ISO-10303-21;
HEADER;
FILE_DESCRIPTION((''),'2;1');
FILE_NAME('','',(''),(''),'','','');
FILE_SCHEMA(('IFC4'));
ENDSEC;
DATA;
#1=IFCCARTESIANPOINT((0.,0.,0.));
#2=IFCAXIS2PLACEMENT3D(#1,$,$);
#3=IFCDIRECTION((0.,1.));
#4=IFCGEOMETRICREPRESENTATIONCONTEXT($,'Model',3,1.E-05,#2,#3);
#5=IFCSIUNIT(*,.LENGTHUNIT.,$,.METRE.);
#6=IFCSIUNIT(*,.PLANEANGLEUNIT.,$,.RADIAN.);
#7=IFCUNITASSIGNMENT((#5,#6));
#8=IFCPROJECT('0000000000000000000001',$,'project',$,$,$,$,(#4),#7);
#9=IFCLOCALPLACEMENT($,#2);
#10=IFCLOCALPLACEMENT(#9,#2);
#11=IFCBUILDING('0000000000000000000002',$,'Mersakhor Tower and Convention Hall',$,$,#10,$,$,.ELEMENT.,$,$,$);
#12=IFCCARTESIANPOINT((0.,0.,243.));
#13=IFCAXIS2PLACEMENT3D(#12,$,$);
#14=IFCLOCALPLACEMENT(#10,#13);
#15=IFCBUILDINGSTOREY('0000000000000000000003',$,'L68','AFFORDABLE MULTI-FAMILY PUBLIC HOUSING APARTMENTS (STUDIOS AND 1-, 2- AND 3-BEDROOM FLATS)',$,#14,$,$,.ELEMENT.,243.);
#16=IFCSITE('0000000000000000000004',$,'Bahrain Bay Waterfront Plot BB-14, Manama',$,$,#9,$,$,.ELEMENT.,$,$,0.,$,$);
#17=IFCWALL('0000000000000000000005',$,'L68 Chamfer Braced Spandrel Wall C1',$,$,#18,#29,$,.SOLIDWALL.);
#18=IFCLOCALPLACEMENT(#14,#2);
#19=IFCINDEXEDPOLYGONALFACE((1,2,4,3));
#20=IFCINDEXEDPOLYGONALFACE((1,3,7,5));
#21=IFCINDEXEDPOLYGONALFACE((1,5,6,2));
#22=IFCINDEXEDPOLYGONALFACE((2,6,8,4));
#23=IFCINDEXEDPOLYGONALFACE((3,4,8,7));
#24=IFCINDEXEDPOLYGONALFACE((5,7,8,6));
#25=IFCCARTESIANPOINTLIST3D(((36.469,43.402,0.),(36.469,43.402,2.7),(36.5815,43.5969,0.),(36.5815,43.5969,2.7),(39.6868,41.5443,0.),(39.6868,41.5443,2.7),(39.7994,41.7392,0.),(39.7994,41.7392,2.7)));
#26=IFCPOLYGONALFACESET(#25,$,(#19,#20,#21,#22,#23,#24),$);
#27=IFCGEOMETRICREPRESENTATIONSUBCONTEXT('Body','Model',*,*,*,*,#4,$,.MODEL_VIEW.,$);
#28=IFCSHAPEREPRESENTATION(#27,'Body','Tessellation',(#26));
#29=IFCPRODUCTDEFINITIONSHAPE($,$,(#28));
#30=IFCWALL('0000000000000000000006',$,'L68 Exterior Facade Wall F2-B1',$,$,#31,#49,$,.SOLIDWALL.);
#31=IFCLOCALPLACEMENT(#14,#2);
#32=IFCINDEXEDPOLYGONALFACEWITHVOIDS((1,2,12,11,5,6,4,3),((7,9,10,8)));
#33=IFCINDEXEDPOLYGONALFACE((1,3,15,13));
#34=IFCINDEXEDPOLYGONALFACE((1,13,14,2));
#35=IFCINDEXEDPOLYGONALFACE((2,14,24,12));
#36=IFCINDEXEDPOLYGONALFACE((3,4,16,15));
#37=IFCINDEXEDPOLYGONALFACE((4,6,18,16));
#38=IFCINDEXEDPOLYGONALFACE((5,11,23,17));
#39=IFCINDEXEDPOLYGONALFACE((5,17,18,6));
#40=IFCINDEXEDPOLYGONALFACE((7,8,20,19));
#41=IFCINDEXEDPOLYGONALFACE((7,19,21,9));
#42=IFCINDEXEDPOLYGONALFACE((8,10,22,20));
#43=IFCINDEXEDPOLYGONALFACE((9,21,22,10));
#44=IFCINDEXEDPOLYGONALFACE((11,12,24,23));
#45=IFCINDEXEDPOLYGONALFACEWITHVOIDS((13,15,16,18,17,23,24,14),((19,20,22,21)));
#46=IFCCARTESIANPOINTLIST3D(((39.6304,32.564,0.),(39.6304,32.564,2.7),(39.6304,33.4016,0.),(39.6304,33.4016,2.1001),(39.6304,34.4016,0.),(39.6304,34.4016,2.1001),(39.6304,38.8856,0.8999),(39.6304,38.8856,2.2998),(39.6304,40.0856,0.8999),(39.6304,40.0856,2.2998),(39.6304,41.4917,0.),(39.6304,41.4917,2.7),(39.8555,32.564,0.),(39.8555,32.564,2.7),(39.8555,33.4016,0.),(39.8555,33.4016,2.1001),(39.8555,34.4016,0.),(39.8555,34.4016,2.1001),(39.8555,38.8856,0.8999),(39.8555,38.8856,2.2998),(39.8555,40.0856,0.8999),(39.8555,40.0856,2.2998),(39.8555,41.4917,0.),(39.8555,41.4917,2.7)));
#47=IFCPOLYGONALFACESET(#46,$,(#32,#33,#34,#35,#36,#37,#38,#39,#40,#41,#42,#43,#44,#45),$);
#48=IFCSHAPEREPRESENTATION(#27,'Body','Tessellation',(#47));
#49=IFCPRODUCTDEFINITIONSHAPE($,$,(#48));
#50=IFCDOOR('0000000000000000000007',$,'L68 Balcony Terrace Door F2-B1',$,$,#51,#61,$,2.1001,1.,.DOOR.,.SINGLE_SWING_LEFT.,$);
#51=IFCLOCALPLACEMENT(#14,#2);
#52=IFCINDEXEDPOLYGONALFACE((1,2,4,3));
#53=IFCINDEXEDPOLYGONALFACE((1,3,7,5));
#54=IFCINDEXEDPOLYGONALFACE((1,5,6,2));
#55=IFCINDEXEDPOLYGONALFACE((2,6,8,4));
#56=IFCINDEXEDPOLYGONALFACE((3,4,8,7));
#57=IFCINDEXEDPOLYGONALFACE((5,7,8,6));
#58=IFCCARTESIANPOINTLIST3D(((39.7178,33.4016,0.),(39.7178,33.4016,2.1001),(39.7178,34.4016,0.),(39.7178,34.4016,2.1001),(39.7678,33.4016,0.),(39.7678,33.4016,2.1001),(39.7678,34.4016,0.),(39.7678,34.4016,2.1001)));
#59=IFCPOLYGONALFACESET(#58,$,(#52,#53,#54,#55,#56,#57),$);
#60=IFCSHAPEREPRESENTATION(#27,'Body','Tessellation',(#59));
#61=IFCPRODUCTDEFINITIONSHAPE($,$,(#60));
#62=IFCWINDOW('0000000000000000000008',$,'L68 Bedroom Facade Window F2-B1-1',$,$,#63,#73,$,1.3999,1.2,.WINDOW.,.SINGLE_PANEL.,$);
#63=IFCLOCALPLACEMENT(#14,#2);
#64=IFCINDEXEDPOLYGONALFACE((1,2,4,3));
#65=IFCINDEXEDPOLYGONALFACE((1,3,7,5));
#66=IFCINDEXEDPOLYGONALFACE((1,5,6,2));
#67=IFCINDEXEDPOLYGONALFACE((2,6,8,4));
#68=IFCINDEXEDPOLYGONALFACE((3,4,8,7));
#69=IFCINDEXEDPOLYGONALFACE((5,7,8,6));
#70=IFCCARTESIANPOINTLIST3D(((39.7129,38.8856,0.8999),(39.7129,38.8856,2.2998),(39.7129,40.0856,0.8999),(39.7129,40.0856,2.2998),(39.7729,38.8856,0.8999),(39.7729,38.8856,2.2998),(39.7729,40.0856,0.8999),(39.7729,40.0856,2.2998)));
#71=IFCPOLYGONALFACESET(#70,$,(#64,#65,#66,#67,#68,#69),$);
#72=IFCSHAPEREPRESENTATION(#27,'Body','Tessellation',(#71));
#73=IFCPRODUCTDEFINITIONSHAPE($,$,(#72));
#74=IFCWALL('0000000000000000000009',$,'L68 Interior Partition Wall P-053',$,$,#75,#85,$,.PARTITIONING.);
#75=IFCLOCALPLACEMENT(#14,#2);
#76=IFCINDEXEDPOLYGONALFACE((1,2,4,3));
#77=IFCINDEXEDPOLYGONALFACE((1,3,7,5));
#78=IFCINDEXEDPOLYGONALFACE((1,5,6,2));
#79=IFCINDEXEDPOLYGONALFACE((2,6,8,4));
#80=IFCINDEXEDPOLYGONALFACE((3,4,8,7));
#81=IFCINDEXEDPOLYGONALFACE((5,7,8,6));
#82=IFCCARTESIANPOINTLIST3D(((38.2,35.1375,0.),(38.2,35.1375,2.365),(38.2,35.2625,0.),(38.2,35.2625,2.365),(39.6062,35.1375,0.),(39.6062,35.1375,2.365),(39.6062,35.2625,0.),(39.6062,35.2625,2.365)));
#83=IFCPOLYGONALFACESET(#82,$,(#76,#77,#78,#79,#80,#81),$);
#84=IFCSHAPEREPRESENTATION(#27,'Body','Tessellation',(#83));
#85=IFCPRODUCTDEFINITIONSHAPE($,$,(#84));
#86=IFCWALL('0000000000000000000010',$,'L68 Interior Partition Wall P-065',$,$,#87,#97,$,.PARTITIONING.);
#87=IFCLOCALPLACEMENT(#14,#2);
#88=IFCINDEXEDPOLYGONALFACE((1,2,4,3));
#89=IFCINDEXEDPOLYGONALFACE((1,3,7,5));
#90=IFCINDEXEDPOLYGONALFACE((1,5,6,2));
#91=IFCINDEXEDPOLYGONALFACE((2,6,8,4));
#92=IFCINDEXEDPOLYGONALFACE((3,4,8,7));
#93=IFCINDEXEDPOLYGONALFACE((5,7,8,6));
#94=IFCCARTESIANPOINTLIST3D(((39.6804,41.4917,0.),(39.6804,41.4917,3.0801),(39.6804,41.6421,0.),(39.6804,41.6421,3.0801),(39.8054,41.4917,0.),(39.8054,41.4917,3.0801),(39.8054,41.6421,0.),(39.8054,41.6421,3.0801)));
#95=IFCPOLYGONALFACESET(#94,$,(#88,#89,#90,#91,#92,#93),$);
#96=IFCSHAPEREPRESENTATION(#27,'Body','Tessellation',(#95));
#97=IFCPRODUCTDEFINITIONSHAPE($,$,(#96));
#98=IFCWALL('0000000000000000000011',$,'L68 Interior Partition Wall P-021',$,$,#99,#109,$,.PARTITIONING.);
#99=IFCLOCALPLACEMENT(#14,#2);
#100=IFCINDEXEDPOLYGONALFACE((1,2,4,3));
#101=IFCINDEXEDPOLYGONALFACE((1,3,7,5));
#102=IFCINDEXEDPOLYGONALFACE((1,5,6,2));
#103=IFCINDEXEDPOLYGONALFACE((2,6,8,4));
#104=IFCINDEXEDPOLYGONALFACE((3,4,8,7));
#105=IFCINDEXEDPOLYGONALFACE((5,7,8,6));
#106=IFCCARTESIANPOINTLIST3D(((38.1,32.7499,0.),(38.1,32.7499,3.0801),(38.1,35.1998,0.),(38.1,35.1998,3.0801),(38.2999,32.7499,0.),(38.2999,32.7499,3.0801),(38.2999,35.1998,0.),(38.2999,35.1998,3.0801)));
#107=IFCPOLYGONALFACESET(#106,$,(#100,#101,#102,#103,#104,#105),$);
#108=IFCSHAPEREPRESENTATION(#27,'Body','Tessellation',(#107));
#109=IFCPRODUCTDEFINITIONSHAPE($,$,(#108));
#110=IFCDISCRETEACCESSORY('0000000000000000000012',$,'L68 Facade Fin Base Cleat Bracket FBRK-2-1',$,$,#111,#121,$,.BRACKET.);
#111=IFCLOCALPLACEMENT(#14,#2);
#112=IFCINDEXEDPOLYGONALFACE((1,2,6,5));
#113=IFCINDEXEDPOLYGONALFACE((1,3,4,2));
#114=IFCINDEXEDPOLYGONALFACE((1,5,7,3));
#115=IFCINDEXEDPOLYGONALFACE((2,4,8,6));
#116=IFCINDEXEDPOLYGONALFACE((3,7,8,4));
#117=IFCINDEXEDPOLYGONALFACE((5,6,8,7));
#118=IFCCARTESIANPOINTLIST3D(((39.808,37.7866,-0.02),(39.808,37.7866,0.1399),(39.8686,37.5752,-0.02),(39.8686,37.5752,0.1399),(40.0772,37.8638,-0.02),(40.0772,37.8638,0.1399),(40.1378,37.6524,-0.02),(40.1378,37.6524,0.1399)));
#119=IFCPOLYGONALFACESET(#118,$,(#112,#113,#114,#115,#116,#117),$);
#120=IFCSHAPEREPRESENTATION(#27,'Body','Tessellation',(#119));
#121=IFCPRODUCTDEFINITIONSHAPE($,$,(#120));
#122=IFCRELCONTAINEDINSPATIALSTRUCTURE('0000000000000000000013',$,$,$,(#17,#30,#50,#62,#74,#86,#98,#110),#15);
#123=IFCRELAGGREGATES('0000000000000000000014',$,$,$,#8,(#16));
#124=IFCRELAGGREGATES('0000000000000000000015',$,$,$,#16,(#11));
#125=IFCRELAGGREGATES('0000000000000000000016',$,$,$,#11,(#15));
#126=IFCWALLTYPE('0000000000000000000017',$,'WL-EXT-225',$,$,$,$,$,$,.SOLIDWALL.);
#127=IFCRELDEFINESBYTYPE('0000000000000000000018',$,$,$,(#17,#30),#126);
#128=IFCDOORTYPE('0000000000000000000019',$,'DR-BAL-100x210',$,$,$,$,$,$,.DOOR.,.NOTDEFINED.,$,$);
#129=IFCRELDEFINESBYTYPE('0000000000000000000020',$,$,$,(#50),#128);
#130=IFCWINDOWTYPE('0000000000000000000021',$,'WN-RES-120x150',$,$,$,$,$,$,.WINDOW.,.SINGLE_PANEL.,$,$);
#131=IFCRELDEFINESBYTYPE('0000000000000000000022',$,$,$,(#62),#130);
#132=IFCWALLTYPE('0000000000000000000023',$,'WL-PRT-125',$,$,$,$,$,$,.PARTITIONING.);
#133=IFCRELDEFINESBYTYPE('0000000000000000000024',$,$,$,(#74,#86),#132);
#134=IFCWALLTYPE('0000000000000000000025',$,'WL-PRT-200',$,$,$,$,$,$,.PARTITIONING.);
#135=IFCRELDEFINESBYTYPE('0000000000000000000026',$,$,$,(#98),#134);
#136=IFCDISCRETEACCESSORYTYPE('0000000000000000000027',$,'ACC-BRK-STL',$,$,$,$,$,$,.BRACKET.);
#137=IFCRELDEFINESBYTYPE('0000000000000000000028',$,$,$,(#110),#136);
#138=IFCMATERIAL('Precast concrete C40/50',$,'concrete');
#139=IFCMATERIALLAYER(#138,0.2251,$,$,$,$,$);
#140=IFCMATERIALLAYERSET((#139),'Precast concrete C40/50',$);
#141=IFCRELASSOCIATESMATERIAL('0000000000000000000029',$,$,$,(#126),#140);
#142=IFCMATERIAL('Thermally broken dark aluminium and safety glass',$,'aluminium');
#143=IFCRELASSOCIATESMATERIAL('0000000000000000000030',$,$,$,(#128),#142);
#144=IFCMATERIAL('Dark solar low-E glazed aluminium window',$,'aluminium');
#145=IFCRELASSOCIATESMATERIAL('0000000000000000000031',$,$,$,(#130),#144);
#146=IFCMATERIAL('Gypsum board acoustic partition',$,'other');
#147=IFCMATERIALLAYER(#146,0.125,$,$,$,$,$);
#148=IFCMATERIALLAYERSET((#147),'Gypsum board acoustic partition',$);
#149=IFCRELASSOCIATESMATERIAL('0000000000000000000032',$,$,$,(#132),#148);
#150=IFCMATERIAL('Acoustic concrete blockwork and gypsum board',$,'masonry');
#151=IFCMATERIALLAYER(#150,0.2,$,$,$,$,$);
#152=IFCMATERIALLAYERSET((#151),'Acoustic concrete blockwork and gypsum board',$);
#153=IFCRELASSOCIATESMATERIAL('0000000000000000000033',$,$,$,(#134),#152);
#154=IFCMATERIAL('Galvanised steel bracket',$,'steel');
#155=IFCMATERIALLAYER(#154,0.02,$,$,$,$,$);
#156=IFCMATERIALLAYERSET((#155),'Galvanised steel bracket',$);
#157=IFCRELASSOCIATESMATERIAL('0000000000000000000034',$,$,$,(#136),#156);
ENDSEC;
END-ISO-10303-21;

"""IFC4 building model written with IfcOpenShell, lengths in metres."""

from ifc_helpers import new_model, si_unit, direction, frame, frame_2d, origin, origin_2d, place, context, subcontext, project, spatial, rectangle, extrude, material, layer, layer_set, type_object, element, fill, save


model = new_model("IFC4")

# Units and contexts
model_context = context("Model", 3, precision=1e-05, world=origin(), true_north=direction((0.0, 1.0)))
body_context = subcontext(model_context, "Body", "Model", "MODEL_VIEW")
ifc_project = project(units=[si_unit("LENGTHUNIT", "METRE"), si_unit("PLANEANGLEUNIT", "RADIAN")], contexts=[model_context])

# Site, building, storey
site_placement = place(None, origin())
site = spatial("IfcSite", under=ifc_project, at=site_placement, Name="Bahrain Bay Waterfront Plot BB-14, Manama", CompositionType="ELEMENT", RefElevation=0.0)
building_placement = place(site_placement, origin())
building = spatial("IfcBuilding", under=site, at=building_placement, Name="Mersakhor Tower and Convention Hall", CompositionType="ELEMENT")
storey_placement = place(building_placement, frame((0.0, 0.0, 243.0)))
storey = spatial("IfcBuildingStorey", under=building, at=storey_placement, Name="L68", Description="AFFORDABLE MULTI-FAMILY PUBLIC HOUSING APARTMENTS (STUDIOS AND 1-, 2- AND 3-BEDROOM FLATS)", CompositionType="ELEMENT", Elevation=243.0)

# Wall
ifc_material_1 = material(Name="Precast concrete C40/50", Category="concrete")
ifc_layer_1 = layer(ifc_material_1, 0.2251)
ifc_layer_set_1 = layer_set([ifc_layer_1], Name="Precast concrete C40/50")
wall_type_1 = type_object("IfcWallType", Name="WL-EXT-225", PredefinedType="SOLIDWALL", material=ifc_layer_set_1)
wall_1_placement = place(storey_placement, frame((36.5251, 43.4995, 0.0), z_axis=(0.0, 0.0, 1.0), x_axis=(0.866039, -0.499977, 0.0)))
element("IfcWall", 1, at=wall_1_placement, inside=storey, type_object=wall_type_1, Name="L68 Chamfer Braced Spandrel Wall C1", PredefinedType="SOLIDWALL", context=body_context, shape_type="SweptSolid", body=[
    extrude(rectangle(XDim=3.7156, YDim=0.2251, at=frame_2d((1.8579, 0.0))), origin(), (0.0, 0.0, 1.0), 2.7),
])

# Wall, openings, door, window
wall_2_placement = place(storey_placement, frame((39.7429, 41.4917, 0.0), z_axis=(0.0, 0.0, 1.0), x_axis=(0.0, -1.0, 0.0)))
wall_2 = element("IfcWall", 2, at=wall_2_placement, inside=storey, type_object=wall_type_1, Name="L68 Exterior Facade Wall F2-B1", PredefinedType="SOLIDWALL", context=body_context, shape_type="SweptSolid", body=[
    extrude(rectangle(XDim=8.9277, YDim=0.2251, at=frame_2d((4.4639, 0.0))), origin(), (0.0, 0.0, 1.0), 2.7),
])
opening_1_placement = place(wall_2_placement, frame((7.0901, 0.0, 0.0)))
opening_1 = element("IfcOpeningElement", 3, at=opening_1_placement, cuts=wall_2, PredefinedType="OPENING", context=body_context, shape_type="SweptSolid", body=[
    extrude(rectangle(XDim=1.0, YDim=2.1001, at=frame_2d((0.5, 1.05))), frame((0.0, 0.1226, 0.0), z_axis=(0.0, -1.0, 0.0), x_axis=(1.0, 0.0, 0.0)), (0.0, 0.0, 1.0), 0.2451),
])
opening_2_placement = place(wall_2_placement, frame((1.406, 0.0, 0.8999)))
opening_2 = element("IfcOpeningElement", 4, at=opening_2_placement, cuts=wall_2, PredefinedType="OPENING", context=body_context, shape_type="SweptSolid", body=[
    extrude(rectangle(XDim=1.2, YDim=1.3999, at=frame_2d((0.6001, 0.7))), frame((0.0, 0.1226, 0.0), z_axis=(0.0, -1.0, 0.0), x_axis=(1.0, 0.0, 0.0)), (0.0, 0.0, 1.0), 0.2451),
])
ifc_material_2 = material(Name="Thermally broken dark aluminium and safety glass", Category="aluminium")
door_type = type_object("IfcDoorType", Name="DR-BAL-100x210", OperationType="NOTDEFINED", PredefinedType="DOOR", material=ifc_material_2)
door_placement = place(opening_1_placement, origin())
door = element("IfcDoor", 5, at=door_placement, inside=storey, type_object=door_type, Name="L68 Balcony Terrace Door F2-B1", OperationType="SINGLE_SWING_LEFT", OverallHeight=2.1001, OverallWidth=1.0, PredefinedType="DOOR", context=body_context, shape_type="SweptSolid", body=[
    extrude(rectangle(XDim=1.0, YDim=2.1001, at=frame_2d((0.5, 1.05))), frame((0.0, 0.0249, 0.0), z_axis=(0.0, -1.0, 0.0), x_axis=(1.0, 0.0, 0.0)), (0.0, 0.0, 1.0), 0.05),
])
fill(opening_1, door)
ifc_material_3 = material(Name="Dark solar low-E glazed aluminium window", Category="aluminium")
window_type = type_object("IfcWindowType", Name="WN-RES-120x150", PartitioningType="SINGLE_PANEL", PredefinedType="WINDOW", material=ifc_material_3)
window_placement = place(opening_2_placement, origin())
window = element("IfcWindow", 6, at=window_placement, inside=storey, type_object=window_type, Name="L68 Bedroom Facade Window F2-B1-1", OverallHeight=1.3999, OverallWidth=1.2, PartitioningType="SINGLE_PANEL", PredefinedType="WINDOW", context=body_context, shape_type="SweptSolid", body=[
    extrude(rectangle(XDim=1.2, YDim=1.3999, at=frame_2d((0.6001, 0.7))), frame((0.0, 0.03, 0.0), z_axis=(0.0, -1.0, 0.0), x_axis=(1.0, 0.0, 0.0)), (0.0, 0.0, 1.0), 0.0601),
])
fill(opening_2, window)

# Walls
ifc_material_4 = material(Name="Gypsum board acoustic partition", Category="other")
ifc_layer_2 = layer(ifc_material_4, 0.125)
ifc_layer_set_2 = layer_set([ifc_layer_2], Name="Gypsum board acoustic partition")
wall_type_2 = type_object("IfcWallType", Name="WL-PRT-125", PredefinedType="PARTITIONING", material=ifc_layer_set_2)
wall_3_placement = place(storey_placement, frame((39.6062, 35.2, 0.0), z_axis=(0.0, 0.0, 1.0), x_axis=(-1.0, 0.0, 0.0)))
element("IfcWall", 7, at=wall_3_placement, inside=storey, type_object=wall_type_2, Name="L68 Interior Partition Wall P-053", PredefinedType="PARTITIONING", context=body_context, shape_type="SweptSolid", body=[
    extrude(rectangle(XDim=1.4062, YDim=0.125, at=frame_2d((0.7031, 0.0))), origin(), (0.0, 0.0, 1.0), 2.365),
])
wall_4_placement = place(storey_placement, frame((39.7429, 41.6421, 0.0), z_axis=(0.0, 0.0, 1.0), x_axis=(0.0, -1.0, 0.0)))
element("IfcWall", 8, at=wall_4_placement, inside=storey, type_object=wall_type_2, Name="L68 Interior Partition Wall P-065", PredefinedType="PARTITIONING", context=body_context, shape_type="SweptSolid", body=[
    extrude(rectangle(XDim=0.1504, YDim=0.125, at=frame_2d((0.0752, 0.0))), origin(), (0.0, 0.0, 1.0), 3.0801),
])
ifc_material_5 = material(Name="Acoustic concrete blockwork and gypsum board", Category="masonry")
ifc_layer_3 = layer(ifc_material_5, 0.2)
ifc_layer_set_3 = layer_set([ifc_layer_3], Name="Acoustic concrete blockwork and gypsum board")
wall_type_3 = type_object("IfcWallType", Name="WL-PRT-200", PredefinedType="PARTITIONING", material=ifc_layer_set_3)
wall_5_placement = place(storey_placement, frame((38.2, 35.2, 0.0), z_axis=(0.0, 0.0, 1.0), x_axis=(0.0, -1.0, 0.0)))
element("IfcWall", 9, at=wall_5_placement, inside=storey, type_object=wall_type_3, Name="L68 Interior Partition Wall P-021", PredefinedType="PARTITIONING", context=body_context, shape_type="SweptSolid", body=[
    extrude(rectangle(XDim=2.45, YDim=0.2, at=frame_2d((1.2251, 0.0))), origin(), (0.0, 0.0, 1.0), 3.0801),
])

# Discrete accessory
ifc_material_6 = material(Name="Galvanised steel bracket", Category="steel")
ifc_layer_4 = layer(ifc_material_6, 0.02)
ifc_layer_set_4 = layer_set([ifc_layer_4], Name="Galvanised steel bracket")
discrete_accessory_type = type_object("IfcDiscreteAccessoryType", Name="ACC-BRK-STL", PredefinedType="BRACKET", material=ifc_layer_set_4)
discrete_accessory_placement = place(storey_placement, frame((39.9729, 37.7195, -0.02), z_axis=(0.0, 0.0, 1.0), x_axis=(0.961262, 0.275637, 0.0)))
element("IfcDiscreteAccessory", 10, at=discrete_accessory_placement, inside=storey, type_object=discrete_accessory_type, Name="L68 Facade Fin Base Cleat Bracket FBRK-2-1", PredefinedType="BRACKET", context=body_context, shape_type="SweptSolid", body=[
    extrude(rectangle(XDim=0.28, YDim=0.22, at=origin_2d()), origin(), (0.0, 0.0, 1.0), 0.1599),
])

save(model, "model.ifc")
